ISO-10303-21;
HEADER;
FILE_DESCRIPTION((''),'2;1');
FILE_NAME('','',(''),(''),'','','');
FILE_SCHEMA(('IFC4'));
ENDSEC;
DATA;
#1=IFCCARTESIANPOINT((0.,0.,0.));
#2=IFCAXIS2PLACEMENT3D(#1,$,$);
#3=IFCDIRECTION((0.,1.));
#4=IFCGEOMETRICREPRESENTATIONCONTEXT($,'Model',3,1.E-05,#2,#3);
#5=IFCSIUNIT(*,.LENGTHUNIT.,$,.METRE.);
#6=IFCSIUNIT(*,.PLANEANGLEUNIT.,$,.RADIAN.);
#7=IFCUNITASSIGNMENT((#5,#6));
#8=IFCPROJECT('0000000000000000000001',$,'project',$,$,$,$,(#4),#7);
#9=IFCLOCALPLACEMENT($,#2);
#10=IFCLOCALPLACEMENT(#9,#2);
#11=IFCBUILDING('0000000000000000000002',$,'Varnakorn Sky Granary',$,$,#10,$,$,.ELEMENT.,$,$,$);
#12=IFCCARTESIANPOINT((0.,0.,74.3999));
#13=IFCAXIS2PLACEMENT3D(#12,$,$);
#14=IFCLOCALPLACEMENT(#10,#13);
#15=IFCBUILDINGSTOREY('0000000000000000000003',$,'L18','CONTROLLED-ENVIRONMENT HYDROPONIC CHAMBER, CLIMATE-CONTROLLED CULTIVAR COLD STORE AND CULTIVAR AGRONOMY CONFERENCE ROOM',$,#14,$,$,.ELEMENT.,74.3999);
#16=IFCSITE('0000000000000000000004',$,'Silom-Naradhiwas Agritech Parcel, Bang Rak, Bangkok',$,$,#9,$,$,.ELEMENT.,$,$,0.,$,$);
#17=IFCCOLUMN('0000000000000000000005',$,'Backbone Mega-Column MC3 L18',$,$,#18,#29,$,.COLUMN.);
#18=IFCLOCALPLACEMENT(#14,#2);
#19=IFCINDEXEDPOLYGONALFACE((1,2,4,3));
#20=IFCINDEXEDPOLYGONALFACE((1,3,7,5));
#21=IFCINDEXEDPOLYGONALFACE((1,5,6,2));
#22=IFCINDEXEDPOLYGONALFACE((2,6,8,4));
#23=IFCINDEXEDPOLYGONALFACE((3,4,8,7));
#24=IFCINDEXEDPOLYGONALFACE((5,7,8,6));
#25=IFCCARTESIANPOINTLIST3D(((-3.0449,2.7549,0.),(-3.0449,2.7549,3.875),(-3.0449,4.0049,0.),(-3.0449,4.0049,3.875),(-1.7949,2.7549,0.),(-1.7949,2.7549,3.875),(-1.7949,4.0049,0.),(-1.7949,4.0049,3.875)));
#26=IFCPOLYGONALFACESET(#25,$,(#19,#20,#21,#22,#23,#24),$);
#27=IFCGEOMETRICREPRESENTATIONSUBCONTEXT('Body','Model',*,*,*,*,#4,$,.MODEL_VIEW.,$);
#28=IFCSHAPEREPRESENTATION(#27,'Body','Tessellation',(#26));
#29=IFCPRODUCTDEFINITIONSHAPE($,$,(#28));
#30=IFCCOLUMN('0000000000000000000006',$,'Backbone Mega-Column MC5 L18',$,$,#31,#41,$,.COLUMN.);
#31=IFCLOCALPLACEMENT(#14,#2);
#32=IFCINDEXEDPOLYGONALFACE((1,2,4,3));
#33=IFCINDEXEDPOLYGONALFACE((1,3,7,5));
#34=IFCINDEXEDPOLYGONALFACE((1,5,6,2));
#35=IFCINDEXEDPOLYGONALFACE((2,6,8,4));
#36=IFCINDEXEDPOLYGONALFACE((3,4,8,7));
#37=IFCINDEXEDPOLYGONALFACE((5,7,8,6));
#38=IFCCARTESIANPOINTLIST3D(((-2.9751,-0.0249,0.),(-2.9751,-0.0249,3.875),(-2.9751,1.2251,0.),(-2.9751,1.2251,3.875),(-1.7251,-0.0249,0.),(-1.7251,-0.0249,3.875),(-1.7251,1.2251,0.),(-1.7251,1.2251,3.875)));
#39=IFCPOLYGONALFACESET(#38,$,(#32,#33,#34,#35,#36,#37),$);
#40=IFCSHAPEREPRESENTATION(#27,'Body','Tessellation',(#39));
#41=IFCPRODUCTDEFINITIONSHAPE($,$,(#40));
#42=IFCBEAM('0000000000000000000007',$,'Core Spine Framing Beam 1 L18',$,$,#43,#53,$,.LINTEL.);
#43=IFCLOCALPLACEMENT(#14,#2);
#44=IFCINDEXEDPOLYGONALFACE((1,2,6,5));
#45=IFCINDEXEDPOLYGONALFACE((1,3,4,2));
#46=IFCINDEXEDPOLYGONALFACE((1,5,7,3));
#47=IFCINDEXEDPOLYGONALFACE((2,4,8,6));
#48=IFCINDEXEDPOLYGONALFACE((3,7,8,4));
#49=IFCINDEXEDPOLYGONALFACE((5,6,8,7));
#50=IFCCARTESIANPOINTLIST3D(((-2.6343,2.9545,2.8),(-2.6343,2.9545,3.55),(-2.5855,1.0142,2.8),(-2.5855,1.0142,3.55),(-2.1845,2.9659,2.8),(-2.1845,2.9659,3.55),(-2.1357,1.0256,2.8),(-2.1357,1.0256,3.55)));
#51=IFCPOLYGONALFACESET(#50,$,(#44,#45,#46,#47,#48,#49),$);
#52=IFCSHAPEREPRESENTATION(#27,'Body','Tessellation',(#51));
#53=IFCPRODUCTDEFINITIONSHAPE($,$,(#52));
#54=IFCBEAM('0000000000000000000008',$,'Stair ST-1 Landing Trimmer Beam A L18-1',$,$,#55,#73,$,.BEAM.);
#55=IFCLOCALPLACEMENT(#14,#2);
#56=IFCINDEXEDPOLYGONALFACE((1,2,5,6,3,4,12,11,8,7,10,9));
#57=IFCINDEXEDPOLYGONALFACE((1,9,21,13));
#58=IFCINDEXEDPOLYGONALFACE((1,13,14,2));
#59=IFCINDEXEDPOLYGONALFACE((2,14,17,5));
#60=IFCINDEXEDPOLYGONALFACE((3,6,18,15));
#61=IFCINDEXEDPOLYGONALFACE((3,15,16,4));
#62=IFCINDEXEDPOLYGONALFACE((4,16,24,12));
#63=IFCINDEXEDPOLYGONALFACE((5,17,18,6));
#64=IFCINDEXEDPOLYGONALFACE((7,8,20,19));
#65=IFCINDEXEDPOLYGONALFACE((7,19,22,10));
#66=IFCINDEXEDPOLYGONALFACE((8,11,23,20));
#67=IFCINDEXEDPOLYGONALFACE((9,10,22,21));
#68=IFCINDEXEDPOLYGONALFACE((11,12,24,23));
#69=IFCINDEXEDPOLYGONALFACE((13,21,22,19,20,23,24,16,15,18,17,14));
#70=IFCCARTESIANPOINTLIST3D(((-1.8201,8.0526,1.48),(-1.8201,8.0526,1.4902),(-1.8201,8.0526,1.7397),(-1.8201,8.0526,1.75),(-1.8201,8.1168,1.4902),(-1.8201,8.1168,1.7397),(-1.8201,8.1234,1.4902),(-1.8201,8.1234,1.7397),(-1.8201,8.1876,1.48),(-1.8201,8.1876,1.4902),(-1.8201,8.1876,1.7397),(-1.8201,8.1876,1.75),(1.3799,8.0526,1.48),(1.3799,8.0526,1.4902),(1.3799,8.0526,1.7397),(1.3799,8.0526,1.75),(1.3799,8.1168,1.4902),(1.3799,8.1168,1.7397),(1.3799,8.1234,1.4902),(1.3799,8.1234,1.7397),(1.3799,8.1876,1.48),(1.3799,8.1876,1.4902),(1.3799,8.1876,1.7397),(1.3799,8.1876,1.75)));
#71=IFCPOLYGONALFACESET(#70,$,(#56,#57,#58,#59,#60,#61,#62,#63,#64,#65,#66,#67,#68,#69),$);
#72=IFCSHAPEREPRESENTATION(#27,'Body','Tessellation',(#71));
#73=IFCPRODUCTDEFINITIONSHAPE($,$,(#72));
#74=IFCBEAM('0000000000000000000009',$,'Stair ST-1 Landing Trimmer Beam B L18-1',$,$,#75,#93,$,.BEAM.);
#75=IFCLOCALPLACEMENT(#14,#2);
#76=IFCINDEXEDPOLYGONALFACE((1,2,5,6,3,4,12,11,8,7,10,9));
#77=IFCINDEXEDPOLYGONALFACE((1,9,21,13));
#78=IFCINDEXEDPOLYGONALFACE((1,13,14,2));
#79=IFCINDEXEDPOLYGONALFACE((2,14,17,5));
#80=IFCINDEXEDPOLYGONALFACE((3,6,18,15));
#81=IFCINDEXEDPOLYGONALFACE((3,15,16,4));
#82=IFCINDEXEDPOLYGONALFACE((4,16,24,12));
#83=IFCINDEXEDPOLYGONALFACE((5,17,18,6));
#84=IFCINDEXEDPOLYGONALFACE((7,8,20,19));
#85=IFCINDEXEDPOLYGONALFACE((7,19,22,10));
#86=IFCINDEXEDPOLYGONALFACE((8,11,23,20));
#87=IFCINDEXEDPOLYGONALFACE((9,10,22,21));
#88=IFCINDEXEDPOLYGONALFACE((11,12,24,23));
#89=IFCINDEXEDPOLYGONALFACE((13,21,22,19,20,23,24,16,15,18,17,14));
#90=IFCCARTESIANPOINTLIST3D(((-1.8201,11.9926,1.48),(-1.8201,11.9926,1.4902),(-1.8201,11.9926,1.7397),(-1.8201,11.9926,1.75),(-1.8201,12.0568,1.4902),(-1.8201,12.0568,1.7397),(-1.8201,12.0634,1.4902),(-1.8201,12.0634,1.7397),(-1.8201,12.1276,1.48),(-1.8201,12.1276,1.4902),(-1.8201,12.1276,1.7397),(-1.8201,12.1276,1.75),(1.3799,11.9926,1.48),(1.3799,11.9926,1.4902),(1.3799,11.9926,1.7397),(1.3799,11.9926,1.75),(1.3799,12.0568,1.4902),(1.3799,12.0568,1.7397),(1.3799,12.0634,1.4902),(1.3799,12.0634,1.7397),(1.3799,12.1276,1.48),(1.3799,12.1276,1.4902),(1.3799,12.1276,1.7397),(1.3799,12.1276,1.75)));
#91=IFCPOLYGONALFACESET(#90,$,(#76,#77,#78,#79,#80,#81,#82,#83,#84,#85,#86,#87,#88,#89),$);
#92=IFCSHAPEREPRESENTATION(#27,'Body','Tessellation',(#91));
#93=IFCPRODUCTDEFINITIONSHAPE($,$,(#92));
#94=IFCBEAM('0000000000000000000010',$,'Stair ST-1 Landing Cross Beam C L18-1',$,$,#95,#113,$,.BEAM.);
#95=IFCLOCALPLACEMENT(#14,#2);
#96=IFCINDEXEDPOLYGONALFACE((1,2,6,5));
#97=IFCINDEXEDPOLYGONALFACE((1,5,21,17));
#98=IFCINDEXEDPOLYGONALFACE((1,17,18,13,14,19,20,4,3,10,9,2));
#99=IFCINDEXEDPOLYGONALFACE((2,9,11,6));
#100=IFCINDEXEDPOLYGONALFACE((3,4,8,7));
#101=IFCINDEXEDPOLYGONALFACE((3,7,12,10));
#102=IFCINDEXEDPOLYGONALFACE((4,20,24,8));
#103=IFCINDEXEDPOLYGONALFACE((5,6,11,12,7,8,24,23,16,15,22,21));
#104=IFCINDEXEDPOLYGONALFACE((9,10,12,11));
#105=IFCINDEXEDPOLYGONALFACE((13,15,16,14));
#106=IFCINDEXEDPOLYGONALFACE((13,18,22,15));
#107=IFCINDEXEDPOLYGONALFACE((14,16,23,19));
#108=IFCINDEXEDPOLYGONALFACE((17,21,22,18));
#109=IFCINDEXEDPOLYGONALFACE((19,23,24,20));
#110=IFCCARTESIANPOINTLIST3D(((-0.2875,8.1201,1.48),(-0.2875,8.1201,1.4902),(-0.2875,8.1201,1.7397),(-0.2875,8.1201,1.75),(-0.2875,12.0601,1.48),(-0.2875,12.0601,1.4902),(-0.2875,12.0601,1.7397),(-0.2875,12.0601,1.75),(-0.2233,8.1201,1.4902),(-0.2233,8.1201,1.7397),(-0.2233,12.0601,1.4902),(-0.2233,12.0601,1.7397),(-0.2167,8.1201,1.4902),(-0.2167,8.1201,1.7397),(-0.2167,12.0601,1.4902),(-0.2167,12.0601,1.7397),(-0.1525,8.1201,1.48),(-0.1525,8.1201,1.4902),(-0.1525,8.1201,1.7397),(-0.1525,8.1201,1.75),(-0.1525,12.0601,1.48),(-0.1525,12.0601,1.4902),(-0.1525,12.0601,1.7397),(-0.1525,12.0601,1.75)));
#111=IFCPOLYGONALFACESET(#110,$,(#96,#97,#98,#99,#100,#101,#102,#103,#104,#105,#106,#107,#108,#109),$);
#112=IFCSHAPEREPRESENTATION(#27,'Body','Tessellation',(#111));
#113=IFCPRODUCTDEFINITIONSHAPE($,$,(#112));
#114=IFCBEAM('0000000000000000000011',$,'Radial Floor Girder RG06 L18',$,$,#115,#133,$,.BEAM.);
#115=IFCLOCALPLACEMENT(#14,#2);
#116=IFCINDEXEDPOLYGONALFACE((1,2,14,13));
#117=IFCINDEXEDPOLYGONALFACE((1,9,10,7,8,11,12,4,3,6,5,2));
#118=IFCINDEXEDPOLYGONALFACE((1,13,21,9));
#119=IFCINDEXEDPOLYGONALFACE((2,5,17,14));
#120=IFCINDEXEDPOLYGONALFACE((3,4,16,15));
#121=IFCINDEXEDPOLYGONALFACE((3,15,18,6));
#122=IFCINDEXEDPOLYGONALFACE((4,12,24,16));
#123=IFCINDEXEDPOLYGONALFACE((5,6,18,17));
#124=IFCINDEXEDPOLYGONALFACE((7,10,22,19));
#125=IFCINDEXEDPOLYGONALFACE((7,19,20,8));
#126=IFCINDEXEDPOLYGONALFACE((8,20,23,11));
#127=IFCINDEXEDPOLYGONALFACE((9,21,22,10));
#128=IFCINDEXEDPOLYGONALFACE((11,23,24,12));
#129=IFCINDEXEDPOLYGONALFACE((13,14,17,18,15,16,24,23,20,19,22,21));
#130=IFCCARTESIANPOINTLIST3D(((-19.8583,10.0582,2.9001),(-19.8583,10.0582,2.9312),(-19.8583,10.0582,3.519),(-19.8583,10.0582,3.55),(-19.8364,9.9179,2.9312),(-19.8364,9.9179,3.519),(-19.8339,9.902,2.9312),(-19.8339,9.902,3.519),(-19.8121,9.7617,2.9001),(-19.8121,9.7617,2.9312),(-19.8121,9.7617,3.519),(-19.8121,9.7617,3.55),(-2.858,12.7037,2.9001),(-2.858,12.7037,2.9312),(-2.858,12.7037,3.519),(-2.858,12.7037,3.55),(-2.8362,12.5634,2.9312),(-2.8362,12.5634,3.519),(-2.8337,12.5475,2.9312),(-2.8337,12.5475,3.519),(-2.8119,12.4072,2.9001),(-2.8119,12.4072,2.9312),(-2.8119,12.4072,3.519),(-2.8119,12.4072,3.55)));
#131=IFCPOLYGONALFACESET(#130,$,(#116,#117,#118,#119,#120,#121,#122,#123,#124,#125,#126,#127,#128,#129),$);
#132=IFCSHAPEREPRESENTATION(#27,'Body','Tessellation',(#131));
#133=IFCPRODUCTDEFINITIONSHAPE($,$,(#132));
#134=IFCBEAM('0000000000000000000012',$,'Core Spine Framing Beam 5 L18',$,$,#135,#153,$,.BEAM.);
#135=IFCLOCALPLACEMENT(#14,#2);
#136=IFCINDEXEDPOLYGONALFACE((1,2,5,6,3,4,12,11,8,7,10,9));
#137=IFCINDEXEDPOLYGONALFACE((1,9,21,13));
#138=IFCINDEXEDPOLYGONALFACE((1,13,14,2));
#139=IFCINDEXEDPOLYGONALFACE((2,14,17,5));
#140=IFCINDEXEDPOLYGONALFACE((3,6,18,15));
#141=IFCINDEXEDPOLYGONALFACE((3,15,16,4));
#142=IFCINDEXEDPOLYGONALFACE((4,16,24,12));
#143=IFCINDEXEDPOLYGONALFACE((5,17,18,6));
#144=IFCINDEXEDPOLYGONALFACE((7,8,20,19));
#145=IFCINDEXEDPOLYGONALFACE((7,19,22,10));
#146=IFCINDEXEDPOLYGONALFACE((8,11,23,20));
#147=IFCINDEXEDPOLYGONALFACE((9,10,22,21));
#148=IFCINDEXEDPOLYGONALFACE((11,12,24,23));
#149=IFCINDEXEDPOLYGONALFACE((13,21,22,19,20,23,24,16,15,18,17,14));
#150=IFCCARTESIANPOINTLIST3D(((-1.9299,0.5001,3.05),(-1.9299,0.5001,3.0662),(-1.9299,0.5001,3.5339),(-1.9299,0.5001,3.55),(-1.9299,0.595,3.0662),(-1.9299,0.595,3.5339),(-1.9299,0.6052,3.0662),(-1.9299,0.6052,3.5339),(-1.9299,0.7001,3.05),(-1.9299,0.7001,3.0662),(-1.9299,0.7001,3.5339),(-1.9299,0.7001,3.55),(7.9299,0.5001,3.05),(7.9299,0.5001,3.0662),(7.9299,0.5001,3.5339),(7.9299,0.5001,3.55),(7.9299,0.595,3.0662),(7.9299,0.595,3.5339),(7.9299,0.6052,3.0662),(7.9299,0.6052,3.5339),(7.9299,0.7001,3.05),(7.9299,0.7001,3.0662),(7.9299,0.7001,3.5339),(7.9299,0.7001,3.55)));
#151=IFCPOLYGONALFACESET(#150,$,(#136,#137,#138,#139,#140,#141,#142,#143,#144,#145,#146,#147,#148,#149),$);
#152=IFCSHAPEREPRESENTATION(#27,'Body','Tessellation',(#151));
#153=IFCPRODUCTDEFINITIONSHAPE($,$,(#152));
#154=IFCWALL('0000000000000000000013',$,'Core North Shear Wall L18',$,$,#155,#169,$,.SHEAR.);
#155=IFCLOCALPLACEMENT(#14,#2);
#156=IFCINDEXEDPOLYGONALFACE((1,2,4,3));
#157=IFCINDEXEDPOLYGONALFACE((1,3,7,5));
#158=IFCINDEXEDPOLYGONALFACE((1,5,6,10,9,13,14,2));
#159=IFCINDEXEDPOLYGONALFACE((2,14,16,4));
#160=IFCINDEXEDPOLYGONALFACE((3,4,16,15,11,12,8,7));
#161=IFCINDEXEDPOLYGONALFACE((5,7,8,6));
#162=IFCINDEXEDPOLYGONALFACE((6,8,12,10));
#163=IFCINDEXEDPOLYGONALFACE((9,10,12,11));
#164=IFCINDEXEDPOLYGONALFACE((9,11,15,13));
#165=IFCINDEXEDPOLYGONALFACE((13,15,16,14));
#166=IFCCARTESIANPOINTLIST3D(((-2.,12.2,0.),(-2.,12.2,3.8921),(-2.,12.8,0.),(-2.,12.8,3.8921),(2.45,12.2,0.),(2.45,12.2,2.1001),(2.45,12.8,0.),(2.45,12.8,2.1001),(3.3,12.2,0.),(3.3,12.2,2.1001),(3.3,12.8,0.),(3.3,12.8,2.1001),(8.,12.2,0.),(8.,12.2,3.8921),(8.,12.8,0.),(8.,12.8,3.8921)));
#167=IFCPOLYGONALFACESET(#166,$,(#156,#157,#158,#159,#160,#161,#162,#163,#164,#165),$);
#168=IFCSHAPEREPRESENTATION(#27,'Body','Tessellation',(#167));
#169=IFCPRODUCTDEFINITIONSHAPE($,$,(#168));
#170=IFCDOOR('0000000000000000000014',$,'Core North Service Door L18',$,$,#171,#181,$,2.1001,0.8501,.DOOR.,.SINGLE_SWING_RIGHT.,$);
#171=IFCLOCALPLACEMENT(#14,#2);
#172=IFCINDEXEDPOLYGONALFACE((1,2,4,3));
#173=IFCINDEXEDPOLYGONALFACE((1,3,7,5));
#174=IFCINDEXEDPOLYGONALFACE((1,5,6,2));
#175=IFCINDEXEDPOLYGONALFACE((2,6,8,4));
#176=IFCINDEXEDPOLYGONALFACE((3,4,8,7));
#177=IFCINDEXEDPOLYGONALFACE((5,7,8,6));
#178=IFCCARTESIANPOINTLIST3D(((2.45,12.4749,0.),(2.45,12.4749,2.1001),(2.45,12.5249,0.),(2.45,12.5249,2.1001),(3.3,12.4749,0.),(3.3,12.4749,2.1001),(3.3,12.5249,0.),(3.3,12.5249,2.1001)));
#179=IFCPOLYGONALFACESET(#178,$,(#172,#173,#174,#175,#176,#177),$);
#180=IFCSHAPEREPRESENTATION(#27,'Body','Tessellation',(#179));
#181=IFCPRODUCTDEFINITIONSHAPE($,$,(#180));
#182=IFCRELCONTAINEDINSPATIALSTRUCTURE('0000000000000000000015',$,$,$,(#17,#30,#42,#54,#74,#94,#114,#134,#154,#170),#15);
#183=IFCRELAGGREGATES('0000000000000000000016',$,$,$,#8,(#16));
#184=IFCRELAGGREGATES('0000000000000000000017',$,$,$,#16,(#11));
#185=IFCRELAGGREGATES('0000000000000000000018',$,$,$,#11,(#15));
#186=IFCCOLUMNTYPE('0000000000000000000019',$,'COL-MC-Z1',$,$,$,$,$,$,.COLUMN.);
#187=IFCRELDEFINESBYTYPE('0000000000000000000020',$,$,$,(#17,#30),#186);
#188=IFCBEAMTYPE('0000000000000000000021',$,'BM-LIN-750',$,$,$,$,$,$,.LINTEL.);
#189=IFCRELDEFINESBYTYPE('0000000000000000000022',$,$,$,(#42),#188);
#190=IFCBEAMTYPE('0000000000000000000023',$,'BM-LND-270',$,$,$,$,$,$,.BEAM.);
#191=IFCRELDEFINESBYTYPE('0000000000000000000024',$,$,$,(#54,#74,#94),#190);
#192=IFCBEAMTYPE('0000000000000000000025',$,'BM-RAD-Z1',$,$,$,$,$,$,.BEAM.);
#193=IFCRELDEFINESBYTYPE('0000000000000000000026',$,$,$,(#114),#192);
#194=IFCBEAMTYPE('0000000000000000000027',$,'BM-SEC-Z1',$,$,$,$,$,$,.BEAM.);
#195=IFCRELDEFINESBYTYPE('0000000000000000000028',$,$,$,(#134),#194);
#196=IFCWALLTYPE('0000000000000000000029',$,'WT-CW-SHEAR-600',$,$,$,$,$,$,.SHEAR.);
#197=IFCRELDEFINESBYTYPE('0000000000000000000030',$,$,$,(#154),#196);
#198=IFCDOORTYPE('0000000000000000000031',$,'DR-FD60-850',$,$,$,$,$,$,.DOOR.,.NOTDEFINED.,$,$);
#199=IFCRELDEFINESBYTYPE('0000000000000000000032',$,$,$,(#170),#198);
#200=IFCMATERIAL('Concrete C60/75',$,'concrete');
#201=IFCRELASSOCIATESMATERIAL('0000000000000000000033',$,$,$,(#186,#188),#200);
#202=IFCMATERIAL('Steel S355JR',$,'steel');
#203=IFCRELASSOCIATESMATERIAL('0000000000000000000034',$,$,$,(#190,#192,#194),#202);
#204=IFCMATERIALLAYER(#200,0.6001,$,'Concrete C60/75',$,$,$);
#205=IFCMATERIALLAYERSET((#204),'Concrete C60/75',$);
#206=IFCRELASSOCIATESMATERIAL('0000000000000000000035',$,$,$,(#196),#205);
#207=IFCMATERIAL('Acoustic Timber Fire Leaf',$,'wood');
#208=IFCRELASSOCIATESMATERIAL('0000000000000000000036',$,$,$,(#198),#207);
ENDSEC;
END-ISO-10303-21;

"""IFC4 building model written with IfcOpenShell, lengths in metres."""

from ifc_helpers import new_model, si_unit, direction, frame, frame_2d, origin, origin_2d, place, context, subcontext, project, spatial, rectangle, i_section, extrude, material, layer, layer_set, material_profile, profile_set, type_object, element, fill, save


model = new_model("IFC4")

# Units and contexts
model_context = context("Model", 3, precision=1e-05, world=origin(), true_north=direction((0.0, 1.0)))
body_context = subcontext(model_context, "Body", "Model", "MODEL_VIEW")
ifc_project = project(units=[si_unit("LENGTHUNIT", "METRE"), si_unit("PLANEANGLEUNIT", "RADIAN")], contexts=[model_context])

# Site, building, storey
site_placement = place(None, origin())
site = spatial("IfcSite", under=ifc_project, at=site_placement, Name="Silom-Naradhiwas Agritech Parcel, Bang Rak, Bangkok", CompositionType="ELEMENT", RefElevation=0.0)
building_placement = place(site_placement, origin())
building = spatial("IfcBuilding", under=site, at=building_placement, Name="Varnakorn Sky Granary", CompositionType="ELEMENT")
storey_placement = place(building_placement, frame((0.0, 0.0, 74.3999)))
storey = spatial("IfcBuildingStorey", under=building, at=storey_placement, Name="L18", Description="CONTROLLED-ENVIRONMENT HYDROPONIC CHAMBER, CLIMATE-CONTROLLED CULTIVAR COLD STORE AND CULTIVAR AGRONOMY CONFERENCE ROOM", CompositionType="ELEMENT", Elevation=74.3999)

# Columns
ifc_material_1 = material(Name="Concrete C60/75", Category="concrete")
ifc_material_profile_1 = material_profile(ifc_material_1, rectangle(XDim=1.25, YDim=1.25, at=origin_2d()), Name="RC 1250x1250")
ifc_profile_set_1 = profile_set([ifc_material_profile_1], Name="Concrete C60/75")
column_type = type_object("IfcColumnType", Name="COL-MC-Z1", PredefinedType="COLUMN", material=ifc_profile_set_1)
for number, where, z_axis, x_axis, name in (
    (1, (-2.4199, 3.3799, 0.0), (0.0, 0.0, 1.0), (1.0, 0.0, 0.0), "Backbone Mega-Column MC3 L18"),
    (2, (-2.3501, 0.6001, 0.0), (0.0, 0.0, 1.0), (1.0, 0.0, 0.0), "Backbone Mega-Column MC5 L18"),
):
    element("IfcColumn", number, at=place(storey_placement, frame(where, z_axis=z_axis, x_axis=x_axis)), inside=storey, type_object=column_type, Name=name, PredefinedType="COLUMN", context=body_context, shape_type="SweptSolid", body=[
        extrude(rectangle(XDim=1.25, YDim=1.25, at=origin_2d()), origin(), (0.0, 0.0, 1.0), 3.875),
    ])

# Beams
ifc_material_profile_2 = material_profile(ifc_material_1, rectangle(XDim=0.45, YDim=0.75, at=origin_2d()), Name="RC 450x750")
ifc_profile_set_2 = profile_set([ifc_material_profile_2], Name="Concrete C60/75")
beam_type_1 = type_object("IfcBeamType", Name="BM-LIN-750", PredefinedType="LINTEL", material=ifc_profile_set_2)
beam_1_placement = place(storey_placement, frame((-2.4094, 2.9602, 3.175), z_axis=(0.025159, -0.999683, 0.0), x_axis=(0.999683, 0.025159, 0.0)))
element("IfcBeam", 3, at=beam_1_placement, inside=storey, type_object=beam_type_1, Name="Core Spine Framing Beam 1 L18", PredefinedType="LINTEL", context=body_context, shape_type="SweptSolid", body=[
    extrude(rectangle(XDim=0.45, YDim=0.75, at=origin_2d()), origin(), (0.0, 0.0, 1.0), 1.9409),
])
ifc_material_2 = material(Name="Steel S355JR", Category="steel")
ifc_material_profile_3 = material_profile(ifc_material_2, i_section(OverallWidth=0.135, OverallDepth=0.27, WebThickness=0.0066, FlangeThickness=0.0103, at=origin_2d()), Name="IPE 270")
ifc_profile_set_3 = profile_set([ifc_material_profile_3], Name="Steel S355JR")
beam_type_2 = type_object("IfcBeamType", Name="BM-LND-270", PredefinedType="BEAM", material=ifc_profile_set_3)
for number, where, z_axis, x_axis, name in (
    (4, (-1.8201, 8.1201, 1.615), (1.0, 0.0, 0.0), (0.0, 1.0, 0.0), "Stair ST-1 Landing Trimmer Beam A L18-1"),
    (5, (-1.8201, 12.0601, 1.615), (1.0, 0.0, 0.0), (0.0, 1.0, 0.0), "Stair ST-1 Landing Trimmer Beam B L18-1"),
):
    element("IfcBeam", number, at=place(storey_placement, frame(where, z_axis=z_axis, x_axis=x_axis)), inside=storey, type_object=beam_type_2, Name=name, PredefinedType="BEAM", context=body_context, shape_type="SweptSolid", body=[
        extrude(i_section(OverallWidth=0.135, OverallDepth=0.27, WebThickness=0.0066, FlangeThickness=0.0103, at=origin_2d()), origin(), (0.0, 0.0, 1.0), 3.2),
    ])
beam_2_placement = place(storey_placement, frame((-0.22, 8.1201, 1.615), z_axis=(0.0, 1.0, 0.0), x_axis=(-1.0, 0.0, 0.0)))
element("IfcBeam", 6, at=beam_2_placement, inside=storey, type_object=beam_type_2, Name="Stair ST-1 Landing Cross Beam C L18-1", PredefinedType="BEAM", context=body_context, shape_type="SweptSolid", body=[
    extrude(i_section(OverallWidth=0.135, OverallDepth=0.27, WebThickness=0.0066, FlangeThickness=0.0103, at=origin_2d()), origin(), (0.0, 0.0, 1.0), 3.9399),
])
ifc_material_profile_4 = material_profile(ifc_material_2, i_section(OverallWidth=0.3, OverallDepth=0.6499, WebThickness=0.0161, FlangeThickness=0.031, at=origin_2d()), Name="HE 650 B")
ifc_profile_set_4 = profile_set([ifc_material_profile_4], Name="Steel S355JR")
beam_type_3 = type_object("IfcBeamType", Name="BM-RAD-Z1", PredefinedType="BEAM", material=ifc_profile_set_4)
beam_3_placement = place(storey_placement, frame((-2.835, 12.5554, 3.2251), z_axis=(-0.988107, -0.153765, 0.0), x_axis=(0.153765, -0.988107, 0.0)))
element("IfcBeam", 7, at=beam_3_placement, inside=storey, type_object=beam_type_3, Name="Radial Floor Girder RG06 L18", PredefinedType="BEAM", context=body_context, shape_type="SweptSolid", body=[
    extrude(i_section(OverallWidth=0.3, OverallDepth=0.6499, WebThickness=0.0161, FlangeThickness=0.031, at=origin_2d()), origin(), (0.0, 0.0, 1.0), 17.2048),
])
ifc_material_profile_5 = material_profile(ifc_material_2, i_section(OverallWidth=0.2, OverallDepth=0.5, WebThickness=0.0103, FlangeThickness=0.0161, at=origin_2d()), Name="IPE 500")
ifc_profile_set_5 = profile_set([ifc_material_profile_5], Name="Steel S355JR")
beam_type_4 = type_object("IfcBeamType", Name="BM-SEC-Z1", PredefinedType="BEAM", material=ifc_profile_set_5)
beam_4_placement = place(storey_placement, frame((-1.9299, 0.6001, 3.3), z_axis=(1.0, 0.0, 0.0), x_axis=(0.0, 1.0, 0.0)))
element("IfcBeam", 8, at=beam_4_placement, inside=storey, type_object=beam_type_4, Name="Core Spine Framing Beam 5 L18", PredefinedType="BEAM", context=body_context, shape_type="SweptSolid", body=[
    extrude(i_section(OverallWidth=0.2, OverallDepth=0.5, WebThickness=0.0103, FlangeThickness=0.0161, at=origin_2d()), origin(), (0.0, 0.0, 1.0), 9.8599),
])

# Shared definitions
ifc_layer_1 = layer(ifc_material_1, 0.6001, Name="Concrete C60/75")
ifc_layer_set_1 = layer_set([ifc_layer_1], Name="Concrete C60/75")
wall_type_1 = type_object("IfcWallType", Name="WT-CW-SHEAR-600", PredefinedType="SHEAR", material=ifc_layer_set_1)

# Wall, opening, door
wall_1_placement = place(storey_placement, frame((-2.0, 12.5, 0.0), z_axis=(0.0, 0.0, 1.0), x_axis=(1.0, 0.0, 0.0)))
wall_1 = element("IfcWall", 9, at=wall_1_placement, inside=storey, type_object=wall_type_1, Name="Core North Shear Wall L18", PredefinedType="SHEAR", context=body_context, shape_type="SweptSolid", body=[
    extrude(rectangle(XDim=10.0, YDim=0.6001, at=frame_2d((5.0, 0.0))), origin(), (0.0, 0.0, 1.0), 3.8921),
])
opening_1_placement = place(wall_1_placement, frame((4.45, 0.0, 0.0)))
opening_1 = element("IfcOpeningElement", 10, at=opening_1_placement, cuts=wall_1, PredefinedType="OPENING", context=body_context, shape_type="SweptSolid", body=[
    extrude(rectangle(XDim=0.8501, YDim=2.1001, at=frame_2d((0.425, 1.05))), frame((0.0, 0.3101, 0.0), z_axis=(0.0, -1.0, 0.0), x_axis=(1.0, 0.0, 0.0)), (0.0, 0.0, 1.0), 0.6201),
])
ifc_material_3 = material(Name="Acoustic Timber Fire Leaf", Category="wood")
door_type_1 = type_object("IfcDoorType", Name="DR-FD60-850", OperationType="NOTDEFINED", PredefinedType="DOOR", material=ifc_material_3)
door_1_placement = place(opening_1_placement, origin())
door_1 = element("IfcDoor", 11, at=door_1_placement, inside=storey, type_object=door_type_1, Name="Core North Service Door L18", OperationType="SINGLE_SWING_RIGHT", OverallHeight=2.1001, OverallWidth=0.8501, PredefinedType="DOOR", context=body_context, shape_type="SweptSolid", body=[
    extrude(rectangle(XDim=0.8501, YDim=2.1001, at=frame_2d((0.425, 1.05))), frame((0.0, 0.0249, 0.0), z_axis=(0.0, -1.0, 0.0), x_axis=(1.0, 0.0, 0.0)), (0.0, 0.0, 1.0), 0.05),
])
fill(opening_1, door_1)

save(model, "model.ifc")
